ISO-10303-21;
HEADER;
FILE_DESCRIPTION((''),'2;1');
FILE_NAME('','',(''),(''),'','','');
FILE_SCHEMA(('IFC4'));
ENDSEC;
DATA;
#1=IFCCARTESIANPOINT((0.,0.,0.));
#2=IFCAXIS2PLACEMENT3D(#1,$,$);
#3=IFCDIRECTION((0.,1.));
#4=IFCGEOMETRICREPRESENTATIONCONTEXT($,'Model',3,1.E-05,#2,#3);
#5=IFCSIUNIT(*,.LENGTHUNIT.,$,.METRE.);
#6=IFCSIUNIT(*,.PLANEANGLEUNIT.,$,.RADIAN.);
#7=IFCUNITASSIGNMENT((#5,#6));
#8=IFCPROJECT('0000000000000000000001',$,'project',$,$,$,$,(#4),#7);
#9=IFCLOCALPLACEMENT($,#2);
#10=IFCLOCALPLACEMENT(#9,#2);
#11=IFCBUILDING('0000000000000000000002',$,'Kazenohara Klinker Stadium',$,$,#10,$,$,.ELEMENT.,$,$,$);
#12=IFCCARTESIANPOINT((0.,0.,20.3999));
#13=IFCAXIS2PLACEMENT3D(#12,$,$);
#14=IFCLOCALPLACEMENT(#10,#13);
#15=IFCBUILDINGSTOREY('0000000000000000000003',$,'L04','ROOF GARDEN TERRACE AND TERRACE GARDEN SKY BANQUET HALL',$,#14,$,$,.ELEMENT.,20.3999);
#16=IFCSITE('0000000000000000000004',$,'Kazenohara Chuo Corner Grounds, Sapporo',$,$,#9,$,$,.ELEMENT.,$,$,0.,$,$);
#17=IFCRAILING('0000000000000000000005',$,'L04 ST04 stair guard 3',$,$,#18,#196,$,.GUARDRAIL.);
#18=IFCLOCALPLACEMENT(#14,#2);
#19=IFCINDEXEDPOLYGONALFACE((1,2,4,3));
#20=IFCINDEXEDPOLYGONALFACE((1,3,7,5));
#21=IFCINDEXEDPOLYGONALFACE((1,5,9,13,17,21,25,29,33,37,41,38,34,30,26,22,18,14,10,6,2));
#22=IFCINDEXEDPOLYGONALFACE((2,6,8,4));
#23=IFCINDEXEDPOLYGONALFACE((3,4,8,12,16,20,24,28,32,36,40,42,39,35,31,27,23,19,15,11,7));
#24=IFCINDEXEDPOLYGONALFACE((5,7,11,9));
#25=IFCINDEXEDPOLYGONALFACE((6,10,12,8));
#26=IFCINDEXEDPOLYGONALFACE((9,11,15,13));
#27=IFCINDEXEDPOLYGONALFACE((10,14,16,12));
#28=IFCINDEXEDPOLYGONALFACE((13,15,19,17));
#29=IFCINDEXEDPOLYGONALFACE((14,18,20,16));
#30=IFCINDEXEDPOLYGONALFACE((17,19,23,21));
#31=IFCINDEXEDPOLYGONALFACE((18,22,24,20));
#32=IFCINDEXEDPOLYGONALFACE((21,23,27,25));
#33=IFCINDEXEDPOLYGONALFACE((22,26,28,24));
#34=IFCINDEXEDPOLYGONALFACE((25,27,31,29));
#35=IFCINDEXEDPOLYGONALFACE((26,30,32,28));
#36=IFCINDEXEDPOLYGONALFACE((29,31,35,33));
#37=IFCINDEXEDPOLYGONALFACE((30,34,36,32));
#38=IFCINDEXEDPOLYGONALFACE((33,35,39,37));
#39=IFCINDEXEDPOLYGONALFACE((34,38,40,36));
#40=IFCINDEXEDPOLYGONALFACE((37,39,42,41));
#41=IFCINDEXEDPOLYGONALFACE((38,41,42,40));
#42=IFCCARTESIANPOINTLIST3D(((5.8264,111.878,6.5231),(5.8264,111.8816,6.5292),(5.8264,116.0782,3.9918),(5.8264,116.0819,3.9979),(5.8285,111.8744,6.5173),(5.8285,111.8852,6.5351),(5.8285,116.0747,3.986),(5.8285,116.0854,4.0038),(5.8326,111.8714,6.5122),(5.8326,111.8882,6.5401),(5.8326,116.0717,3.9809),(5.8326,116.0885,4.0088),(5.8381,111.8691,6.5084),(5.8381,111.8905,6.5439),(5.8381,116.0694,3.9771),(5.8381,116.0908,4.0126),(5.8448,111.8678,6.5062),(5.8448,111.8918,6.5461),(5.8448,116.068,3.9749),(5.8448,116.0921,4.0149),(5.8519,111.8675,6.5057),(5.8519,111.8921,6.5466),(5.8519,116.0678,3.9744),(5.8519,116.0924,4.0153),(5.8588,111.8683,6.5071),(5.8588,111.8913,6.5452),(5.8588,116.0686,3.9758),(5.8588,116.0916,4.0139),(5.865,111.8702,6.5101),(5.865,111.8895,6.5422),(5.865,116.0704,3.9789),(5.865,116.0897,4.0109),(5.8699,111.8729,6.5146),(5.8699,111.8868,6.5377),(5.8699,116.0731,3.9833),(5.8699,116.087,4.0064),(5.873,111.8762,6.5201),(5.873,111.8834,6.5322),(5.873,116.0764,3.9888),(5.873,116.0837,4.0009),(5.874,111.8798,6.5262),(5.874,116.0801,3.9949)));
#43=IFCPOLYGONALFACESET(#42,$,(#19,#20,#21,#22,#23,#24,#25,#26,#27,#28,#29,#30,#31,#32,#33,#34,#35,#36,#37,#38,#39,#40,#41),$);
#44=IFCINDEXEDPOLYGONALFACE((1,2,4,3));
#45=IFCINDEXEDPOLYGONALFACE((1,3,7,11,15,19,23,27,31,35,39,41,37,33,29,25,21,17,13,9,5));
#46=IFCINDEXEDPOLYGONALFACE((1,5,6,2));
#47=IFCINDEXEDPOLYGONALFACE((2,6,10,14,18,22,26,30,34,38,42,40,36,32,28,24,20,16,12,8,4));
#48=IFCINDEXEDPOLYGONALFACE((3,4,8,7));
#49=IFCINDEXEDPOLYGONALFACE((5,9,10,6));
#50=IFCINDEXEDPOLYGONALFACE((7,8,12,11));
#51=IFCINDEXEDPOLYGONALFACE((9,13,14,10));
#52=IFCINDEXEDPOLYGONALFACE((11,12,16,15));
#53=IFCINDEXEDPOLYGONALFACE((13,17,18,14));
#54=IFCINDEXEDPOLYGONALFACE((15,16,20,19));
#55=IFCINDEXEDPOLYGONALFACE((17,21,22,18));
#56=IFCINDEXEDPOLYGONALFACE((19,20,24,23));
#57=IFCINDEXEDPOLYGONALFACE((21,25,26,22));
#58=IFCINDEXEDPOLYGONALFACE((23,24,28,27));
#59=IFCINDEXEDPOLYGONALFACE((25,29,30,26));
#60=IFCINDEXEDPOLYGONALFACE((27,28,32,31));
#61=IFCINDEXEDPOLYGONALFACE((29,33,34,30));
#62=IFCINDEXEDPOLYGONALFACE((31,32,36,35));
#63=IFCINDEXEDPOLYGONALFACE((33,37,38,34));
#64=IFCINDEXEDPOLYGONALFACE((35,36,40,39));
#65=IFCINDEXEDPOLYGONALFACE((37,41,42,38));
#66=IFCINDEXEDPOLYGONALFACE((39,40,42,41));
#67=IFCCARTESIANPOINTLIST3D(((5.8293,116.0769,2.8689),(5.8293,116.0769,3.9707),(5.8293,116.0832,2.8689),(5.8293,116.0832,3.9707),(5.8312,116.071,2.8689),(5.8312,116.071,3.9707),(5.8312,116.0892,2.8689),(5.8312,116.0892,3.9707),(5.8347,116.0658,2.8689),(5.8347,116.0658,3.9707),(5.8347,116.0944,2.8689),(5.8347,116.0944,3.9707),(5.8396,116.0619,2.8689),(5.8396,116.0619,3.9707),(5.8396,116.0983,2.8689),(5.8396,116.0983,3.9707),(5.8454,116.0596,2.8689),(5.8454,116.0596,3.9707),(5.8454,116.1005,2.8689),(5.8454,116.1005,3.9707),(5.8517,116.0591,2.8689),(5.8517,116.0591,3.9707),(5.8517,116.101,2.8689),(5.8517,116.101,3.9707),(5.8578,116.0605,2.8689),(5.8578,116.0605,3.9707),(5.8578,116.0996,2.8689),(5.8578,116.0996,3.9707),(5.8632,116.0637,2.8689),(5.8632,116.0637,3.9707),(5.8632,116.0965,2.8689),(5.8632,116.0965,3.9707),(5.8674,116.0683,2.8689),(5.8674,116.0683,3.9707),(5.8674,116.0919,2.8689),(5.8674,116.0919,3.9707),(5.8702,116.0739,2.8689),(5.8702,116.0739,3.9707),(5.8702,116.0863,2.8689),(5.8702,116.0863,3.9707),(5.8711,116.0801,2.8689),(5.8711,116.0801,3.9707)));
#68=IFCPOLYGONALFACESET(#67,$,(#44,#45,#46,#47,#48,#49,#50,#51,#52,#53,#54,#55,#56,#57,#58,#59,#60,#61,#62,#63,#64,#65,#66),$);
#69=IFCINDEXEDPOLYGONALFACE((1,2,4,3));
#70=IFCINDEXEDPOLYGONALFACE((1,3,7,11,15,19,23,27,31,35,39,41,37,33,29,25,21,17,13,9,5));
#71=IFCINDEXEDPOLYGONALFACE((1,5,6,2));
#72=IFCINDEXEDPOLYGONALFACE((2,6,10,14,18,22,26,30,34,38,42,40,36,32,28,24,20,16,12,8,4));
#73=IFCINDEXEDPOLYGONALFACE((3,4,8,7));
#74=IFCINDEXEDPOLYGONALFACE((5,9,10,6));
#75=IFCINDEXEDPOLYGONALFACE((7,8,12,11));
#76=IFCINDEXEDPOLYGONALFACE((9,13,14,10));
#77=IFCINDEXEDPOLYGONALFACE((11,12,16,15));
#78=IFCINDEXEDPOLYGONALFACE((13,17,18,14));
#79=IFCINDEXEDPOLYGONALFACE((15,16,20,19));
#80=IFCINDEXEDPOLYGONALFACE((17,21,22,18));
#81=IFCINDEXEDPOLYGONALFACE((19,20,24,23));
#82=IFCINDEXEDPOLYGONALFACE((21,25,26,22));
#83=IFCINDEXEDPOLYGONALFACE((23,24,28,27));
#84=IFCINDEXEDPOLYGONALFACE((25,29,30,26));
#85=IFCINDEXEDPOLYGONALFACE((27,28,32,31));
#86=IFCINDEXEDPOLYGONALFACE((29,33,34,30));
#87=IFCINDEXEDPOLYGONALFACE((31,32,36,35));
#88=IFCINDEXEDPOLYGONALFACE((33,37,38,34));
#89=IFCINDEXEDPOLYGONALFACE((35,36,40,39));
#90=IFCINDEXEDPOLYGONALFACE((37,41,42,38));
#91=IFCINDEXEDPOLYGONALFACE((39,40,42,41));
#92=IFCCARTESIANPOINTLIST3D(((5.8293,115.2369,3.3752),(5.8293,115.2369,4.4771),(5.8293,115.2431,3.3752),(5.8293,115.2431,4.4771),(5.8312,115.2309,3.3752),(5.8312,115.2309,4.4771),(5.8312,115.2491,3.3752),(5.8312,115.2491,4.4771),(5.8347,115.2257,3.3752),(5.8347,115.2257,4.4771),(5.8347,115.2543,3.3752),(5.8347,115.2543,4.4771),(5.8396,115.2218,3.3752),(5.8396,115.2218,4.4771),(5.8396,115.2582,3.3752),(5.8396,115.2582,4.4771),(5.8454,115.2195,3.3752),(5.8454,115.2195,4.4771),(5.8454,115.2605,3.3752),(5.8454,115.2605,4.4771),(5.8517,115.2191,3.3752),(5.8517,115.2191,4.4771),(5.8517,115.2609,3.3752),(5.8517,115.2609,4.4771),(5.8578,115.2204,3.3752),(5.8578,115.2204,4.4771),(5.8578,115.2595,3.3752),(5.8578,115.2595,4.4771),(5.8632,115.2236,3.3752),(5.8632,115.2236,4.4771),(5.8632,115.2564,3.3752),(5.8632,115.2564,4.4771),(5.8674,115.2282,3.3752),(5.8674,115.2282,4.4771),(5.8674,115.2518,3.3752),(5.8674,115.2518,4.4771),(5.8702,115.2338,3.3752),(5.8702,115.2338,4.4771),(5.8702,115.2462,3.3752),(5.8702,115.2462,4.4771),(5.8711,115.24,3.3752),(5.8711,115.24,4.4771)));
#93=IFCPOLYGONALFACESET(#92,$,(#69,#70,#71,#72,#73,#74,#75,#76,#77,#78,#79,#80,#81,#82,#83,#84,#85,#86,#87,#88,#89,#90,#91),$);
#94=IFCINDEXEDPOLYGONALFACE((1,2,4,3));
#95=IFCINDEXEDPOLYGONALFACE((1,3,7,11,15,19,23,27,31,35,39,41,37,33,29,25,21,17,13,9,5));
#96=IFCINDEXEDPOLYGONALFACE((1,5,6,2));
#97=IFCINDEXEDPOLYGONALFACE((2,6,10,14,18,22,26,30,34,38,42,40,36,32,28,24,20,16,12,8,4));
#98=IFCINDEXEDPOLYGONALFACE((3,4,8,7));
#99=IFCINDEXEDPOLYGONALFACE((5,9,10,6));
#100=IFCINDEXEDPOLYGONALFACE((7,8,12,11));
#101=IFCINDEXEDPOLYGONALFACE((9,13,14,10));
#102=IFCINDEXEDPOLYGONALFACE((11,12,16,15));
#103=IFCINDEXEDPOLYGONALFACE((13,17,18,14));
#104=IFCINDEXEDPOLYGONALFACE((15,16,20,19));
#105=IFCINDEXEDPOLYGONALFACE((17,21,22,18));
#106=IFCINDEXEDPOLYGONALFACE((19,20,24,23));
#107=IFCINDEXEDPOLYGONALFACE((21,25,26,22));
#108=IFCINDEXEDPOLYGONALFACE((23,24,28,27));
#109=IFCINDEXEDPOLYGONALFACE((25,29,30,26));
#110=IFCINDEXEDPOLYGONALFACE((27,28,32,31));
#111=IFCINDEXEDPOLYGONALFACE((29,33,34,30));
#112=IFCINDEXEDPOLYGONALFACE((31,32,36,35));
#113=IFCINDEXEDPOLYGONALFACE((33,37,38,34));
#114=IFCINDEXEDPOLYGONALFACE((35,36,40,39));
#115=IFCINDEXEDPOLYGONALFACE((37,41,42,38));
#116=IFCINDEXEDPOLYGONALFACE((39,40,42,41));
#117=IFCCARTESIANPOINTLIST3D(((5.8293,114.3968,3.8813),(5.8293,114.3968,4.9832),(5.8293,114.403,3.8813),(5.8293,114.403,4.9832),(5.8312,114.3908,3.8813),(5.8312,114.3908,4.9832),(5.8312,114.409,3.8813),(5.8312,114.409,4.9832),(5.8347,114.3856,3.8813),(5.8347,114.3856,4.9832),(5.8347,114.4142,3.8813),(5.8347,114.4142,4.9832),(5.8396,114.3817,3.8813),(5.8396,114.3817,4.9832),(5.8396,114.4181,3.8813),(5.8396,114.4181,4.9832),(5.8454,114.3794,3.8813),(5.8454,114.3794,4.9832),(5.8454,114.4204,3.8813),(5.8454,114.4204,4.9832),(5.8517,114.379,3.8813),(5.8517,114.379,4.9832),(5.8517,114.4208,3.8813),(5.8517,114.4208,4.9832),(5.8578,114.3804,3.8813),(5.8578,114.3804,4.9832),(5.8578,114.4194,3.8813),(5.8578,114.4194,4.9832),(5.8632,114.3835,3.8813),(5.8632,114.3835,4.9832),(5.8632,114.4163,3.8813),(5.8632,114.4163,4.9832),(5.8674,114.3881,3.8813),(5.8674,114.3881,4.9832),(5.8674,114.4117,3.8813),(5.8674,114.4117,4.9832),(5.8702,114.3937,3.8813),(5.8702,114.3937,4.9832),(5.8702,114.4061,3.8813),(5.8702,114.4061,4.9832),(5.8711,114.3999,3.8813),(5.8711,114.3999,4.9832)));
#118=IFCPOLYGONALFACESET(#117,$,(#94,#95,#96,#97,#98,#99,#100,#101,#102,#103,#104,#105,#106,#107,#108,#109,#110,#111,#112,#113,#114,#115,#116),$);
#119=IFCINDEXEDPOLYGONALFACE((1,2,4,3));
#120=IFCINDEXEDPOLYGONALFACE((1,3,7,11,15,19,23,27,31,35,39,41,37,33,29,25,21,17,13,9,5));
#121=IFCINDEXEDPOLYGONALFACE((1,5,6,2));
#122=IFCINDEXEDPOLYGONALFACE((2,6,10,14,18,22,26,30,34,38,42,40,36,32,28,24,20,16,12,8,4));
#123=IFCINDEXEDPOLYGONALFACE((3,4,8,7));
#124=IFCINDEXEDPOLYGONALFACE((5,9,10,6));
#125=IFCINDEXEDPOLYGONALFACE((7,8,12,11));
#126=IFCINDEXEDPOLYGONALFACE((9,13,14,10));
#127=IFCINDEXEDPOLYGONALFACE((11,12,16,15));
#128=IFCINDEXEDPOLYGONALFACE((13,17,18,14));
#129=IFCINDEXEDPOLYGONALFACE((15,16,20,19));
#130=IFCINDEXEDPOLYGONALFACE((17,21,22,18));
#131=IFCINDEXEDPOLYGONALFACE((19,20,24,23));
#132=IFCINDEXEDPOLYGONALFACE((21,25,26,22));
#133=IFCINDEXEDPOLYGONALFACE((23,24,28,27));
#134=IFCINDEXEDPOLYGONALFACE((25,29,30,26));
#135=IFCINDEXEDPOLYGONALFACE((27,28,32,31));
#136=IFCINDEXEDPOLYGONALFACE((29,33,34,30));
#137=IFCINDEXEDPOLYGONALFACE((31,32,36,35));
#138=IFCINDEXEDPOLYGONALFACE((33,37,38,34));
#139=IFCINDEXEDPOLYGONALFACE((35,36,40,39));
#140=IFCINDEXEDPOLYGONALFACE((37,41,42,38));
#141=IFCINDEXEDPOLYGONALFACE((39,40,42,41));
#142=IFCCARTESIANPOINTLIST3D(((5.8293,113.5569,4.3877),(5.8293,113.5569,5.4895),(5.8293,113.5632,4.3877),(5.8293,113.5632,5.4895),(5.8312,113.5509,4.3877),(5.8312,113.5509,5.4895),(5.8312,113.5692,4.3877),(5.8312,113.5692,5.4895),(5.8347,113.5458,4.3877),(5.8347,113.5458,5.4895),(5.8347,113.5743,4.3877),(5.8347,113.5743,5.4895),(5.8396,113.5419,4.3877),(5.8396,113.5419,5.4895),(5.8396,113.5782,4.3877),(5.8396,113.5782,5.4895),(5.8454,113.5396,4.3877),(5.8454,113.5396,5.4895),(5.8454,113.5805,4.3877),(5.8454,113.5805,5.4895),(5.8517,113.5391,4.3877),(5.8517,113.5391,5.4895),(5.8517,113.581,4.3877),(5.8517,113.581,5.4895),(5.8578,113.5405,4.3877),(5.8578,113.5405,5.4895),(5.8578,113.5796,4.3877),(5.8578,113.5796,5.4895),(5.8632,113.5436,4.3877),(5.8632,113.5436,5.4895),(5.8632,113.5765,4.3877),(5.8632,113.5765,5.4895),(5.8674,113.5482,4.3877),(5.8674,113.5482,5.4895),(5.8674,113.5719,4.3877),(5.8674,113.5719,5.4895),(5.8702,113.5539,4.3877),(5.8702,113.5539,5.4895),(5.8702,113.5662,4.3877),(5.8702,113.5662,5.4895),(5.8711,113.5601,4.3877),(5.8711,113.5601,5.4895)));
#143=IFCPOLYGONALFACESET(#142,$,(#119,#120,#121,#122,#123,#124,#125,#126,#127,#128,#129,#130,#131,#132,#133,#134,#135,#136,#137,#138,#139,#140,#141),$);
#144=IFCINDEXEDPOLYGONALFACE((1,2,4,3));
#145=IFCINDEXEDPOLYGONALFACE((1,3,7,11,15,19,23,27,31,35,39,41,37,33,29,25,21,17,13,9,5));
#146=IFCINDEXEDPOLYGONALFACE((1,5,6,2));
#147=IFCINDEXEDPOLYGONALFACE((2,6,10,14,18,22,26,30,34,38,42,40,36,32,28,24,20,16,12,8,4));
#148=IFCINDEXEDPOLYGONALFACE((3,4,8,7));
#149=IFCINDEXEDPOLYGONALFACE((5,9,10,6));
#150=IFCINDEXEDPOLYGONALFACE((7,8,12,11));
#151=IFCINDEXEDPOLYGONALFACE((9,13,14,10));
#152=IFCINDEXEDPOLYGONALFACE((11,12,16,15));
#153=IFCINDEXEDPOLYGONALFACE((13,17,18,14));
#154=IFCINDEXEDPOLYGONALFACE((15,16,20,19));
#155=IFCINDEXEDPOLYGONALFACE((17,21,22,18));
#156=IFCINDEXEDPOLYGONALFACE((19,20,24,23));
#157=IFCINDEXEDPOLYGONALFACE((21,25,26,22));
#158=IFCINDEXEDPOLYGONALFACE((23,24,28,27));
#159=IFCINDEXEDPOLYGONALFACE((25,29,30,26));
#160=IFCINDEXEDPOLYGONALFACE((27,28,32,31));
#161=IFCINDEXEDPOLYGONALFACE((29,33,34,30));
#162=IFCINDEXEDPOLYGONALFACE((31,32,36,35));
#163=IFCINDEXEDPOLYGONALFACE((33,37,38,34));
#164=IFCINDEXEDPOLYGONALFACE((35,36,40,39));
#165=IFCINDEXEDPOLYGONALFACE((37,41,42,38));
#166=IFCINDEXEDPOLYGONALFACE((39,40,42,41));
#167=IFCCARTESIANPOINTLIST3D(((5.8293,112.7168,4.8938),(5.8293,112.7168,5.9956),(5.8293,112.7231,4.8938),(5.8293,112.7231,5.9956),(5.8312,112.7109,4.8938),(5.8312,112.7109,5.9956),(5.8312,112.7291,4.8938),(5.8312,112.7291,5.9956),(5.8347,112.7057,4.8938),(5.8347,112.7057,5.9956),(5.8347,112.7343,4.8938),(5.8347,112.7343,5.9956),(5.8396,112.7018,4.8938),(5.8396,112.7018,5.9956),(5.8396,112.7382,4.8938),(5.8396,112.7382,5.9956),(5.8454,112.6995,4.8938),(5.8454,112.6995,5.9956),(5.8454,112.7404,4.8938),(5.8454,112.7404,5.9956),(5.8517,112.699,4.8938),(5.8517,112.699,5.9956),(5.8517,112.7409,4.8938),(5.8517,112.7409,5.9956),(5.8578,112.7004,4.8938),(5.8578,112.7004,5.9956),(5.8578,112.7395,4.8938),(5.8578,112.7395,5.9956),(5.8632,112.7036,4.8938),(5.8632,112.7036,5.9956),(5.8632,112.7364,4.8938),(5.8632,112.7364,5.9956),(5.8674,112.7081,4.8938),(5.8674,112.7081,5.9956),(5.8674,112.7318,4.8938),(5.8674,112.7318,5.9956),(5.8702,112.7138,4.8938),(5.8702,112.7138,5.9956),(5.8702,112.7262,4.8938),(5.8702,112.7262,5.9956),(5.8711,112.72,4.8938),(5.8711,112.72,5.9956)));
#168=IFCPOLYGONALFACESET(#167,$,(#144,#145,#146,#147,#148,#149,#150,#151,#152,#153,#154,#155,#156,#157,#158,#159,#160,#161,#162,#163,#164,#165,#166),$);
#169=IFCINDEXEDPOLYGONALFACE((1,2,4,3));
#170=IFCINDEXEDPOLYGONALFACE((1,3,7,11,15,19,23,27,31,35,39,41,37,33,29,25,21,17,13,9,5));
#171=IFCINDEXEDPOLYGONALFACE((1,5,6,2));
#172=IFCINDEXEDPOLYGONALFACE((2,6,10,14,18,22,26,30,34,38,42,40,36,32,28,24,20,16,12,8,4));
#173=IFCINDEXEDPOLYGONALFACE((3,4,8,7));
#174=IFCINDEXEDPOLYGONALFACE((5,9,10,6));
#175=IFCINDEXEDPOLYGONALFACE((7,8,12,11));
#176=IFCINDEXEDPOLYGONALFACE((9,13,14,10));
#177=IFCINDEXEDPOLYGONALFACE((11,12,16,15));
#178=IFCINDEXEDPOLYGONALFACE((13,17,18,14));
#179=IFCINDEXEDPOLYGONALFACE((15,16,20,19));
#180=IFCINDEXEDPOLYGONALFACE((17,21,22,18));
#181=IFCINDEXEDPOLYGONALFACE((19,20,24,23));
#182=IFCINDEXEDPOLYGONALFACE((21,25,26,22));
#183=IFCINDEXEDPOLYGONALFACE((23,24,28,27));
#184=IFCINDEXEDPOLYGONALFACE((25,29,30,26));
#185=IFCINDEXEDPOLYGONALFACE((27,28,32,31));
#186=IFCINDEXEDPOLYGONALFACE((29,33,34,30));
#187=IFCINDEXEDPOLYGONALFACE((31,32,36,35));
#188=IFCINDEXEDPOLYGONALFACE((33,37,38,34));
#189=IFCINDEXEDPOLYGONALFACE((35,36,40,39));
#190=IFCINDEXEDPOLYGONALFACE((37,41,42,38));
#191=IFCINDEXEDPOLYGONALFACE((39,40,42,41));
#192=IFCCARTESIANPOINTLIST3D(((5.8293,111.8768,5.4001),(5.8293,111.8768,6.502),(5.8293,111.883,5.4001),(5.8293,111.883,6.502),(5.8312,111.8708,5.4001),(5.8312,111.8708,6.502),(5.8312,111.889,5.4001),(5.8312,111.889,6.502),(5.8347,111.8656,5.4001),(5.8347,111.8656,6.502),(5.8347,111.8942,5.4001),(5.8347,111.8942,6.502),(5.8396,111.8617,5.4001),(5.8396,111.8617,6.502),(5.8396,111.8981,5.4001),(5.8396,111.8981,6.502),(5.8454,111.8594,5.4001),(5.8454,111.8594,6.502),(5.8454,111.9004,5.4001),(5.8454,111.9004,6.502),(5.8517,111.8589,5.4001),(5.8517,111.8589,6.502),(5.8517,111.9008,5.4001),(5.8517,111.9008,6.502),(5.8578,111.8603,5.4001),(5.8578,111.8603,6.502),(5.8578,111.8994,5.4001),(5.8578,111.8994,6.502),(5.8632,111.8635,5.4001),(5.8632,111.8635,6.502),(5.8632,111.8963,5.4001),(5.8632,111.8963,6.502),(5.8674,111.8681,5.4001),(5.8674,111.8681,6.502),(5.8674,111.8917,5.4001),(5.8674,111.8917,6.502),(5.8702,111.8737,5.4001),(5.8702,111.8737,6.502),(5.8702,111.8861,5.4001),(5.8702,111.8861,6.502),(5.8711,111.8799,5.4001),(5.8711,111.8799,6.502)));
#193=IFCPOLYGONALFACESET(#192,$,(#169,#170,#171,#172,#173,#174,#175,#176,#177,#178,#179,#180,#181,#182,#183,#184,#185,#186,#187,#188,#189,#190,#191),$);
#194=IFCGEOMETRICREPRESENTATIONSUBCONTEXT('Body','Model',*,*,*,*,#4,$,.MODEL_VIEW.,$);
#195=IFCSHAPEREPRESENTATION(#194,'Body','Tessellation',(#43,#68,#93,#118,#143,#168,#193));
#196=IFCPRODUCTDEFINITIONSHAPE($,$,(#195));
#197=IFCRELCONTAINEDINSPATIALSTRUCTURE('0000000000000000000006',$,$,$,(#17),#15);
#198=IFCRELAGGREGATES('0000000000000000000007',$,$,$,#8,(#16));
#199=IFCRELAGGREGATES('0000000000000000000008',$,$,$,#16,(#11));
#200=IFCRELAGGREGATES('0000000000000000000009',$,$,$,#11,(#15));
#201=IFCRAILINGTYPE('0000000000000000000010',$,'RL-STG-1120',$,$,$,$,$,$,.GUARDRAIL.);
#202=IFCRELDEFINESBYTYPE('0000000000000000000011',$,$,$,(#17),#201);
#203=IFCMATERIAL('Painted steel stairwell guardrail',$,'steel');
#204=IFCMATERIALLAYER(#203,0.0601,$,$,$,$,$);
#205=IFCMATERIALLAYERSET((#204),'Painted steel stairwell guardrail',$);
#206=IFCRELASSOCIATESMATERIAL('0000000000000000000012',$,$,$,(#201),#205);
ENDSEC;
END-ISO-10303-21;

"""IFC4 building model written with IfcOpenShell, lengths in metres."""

from ifc_helpers import new_model, si_unit, direction, frame, origin, origin_2d, place, context, subcontext, project, spatial, circle, extrude, material, layer, layer_set, type_object, element, save


model = new_model("IFC4")

# Units and contexts
model_context = context("Model", 3, precision=1e-05, world=origin(), true_north=direction((0.0, 1.0)))
body_context = subcontext(model_context, "Body", "Model", "MODEL_VIEW")
ifc_project = project(units=[si_unit("LENGTHUNIT", "METRE"), si_unit("PLANEANGLEUNIT", "RADIAN")], contexts=[model_context])

# Site, building, storey
site_placement = place(None, origin())
site = spatial("IfcSite", under=ifc_project, at=site_placement, Name="Kazenohara Chuo Corner Grounds, Sapporo", CompositionType="ELEMENT", RefElevation=0.0)
building_placement = place(site_placement, origin())
building = spatial("IfcBuilding", under=site, at=building_placement, Name="Kazenohara Klinker Stadium", CompositionType="ELEMENT")
storey_placement = place(building_placement, frame((0.0, 0.0, 20.3999)))
storey = spatial("IfcBuildingStorey", under=building, at=storey_placement, Name="L04", Description="ROOF GARDEN TERRACE AND TERRACE GARDEN SKY BANQUET HALL", CompositionType="ELEMENT", Elevation=20.3999)

# Railing
ifc_material_1 = material(Name="Painted steel stairwell guardrail", Category="steel")
ifc_layer_1 = layer(ifc_material_1, 0.0601)
ifc_layer_set_1 = layer_set([ifc_layer_1], Name="Painted steel stairwell guardrail")
railing_type_1 = type_object("IfcRailingType", Name="RL-STG-1120", PredefinedType="GUARDRAIL", material=ifc_layer_set_1)
railing_1_placement = place(storey_placement, frame((5.8501, 116.0801, 2.8689)))
element("IfcRailing", 1, at=railing_1_placement, inside=storey, type_object=railing_type_1, Name="L04 ST04 stair guard 3", PredefinedType="GUARDRAIL", context=body_context, shape_type="SweptSolid", body=[
    extrude(circle(Radius=0.0239, at=origin_2d()), frame((0.0, 0.0, 1.126), z_axis=(0.0, -0.85649, 0.516164), x_axis=(1.0, 0.0, 0.0)), (0.0, 0.0, 1.0), 4.9041),
    extrude(circle(Radius=0.021, at=origin_2d()), origin(), (0.0, 0.0, 1.0), 1.1018),
    extrude(circle(Radius=0.021, at=origin_2d()), frame((0.0, -0.8401, 0.5063)), (0.0, 0.0, 1.0), 1.1018),
    extrude(circle(Radius=0.021, at=origin_2d()), frame((0.0, -1.6802, 1.0125)), (0.0, 0.0, 1.0), 1.1018),
    extrude(circle(Radius=0.021, at=origin_2d()), frame((0.0, -2.52, 1.5188)), (0.0, 0.0, 1.0), 1.1018),
    extrude(circle(Radius=0.021, at=origin_2d()), frame((0.0, -3.3601, 2.0249)), (0.0, 0.0, 1.0), 1.1018),
    extrude(circle(Radius=0.021, at=origin_2d()), frame((0.0, -4.2002, 2.5312)), (0.0, 0.0, 1.0), 1.1018),
])

save(model, "model.ifc")
